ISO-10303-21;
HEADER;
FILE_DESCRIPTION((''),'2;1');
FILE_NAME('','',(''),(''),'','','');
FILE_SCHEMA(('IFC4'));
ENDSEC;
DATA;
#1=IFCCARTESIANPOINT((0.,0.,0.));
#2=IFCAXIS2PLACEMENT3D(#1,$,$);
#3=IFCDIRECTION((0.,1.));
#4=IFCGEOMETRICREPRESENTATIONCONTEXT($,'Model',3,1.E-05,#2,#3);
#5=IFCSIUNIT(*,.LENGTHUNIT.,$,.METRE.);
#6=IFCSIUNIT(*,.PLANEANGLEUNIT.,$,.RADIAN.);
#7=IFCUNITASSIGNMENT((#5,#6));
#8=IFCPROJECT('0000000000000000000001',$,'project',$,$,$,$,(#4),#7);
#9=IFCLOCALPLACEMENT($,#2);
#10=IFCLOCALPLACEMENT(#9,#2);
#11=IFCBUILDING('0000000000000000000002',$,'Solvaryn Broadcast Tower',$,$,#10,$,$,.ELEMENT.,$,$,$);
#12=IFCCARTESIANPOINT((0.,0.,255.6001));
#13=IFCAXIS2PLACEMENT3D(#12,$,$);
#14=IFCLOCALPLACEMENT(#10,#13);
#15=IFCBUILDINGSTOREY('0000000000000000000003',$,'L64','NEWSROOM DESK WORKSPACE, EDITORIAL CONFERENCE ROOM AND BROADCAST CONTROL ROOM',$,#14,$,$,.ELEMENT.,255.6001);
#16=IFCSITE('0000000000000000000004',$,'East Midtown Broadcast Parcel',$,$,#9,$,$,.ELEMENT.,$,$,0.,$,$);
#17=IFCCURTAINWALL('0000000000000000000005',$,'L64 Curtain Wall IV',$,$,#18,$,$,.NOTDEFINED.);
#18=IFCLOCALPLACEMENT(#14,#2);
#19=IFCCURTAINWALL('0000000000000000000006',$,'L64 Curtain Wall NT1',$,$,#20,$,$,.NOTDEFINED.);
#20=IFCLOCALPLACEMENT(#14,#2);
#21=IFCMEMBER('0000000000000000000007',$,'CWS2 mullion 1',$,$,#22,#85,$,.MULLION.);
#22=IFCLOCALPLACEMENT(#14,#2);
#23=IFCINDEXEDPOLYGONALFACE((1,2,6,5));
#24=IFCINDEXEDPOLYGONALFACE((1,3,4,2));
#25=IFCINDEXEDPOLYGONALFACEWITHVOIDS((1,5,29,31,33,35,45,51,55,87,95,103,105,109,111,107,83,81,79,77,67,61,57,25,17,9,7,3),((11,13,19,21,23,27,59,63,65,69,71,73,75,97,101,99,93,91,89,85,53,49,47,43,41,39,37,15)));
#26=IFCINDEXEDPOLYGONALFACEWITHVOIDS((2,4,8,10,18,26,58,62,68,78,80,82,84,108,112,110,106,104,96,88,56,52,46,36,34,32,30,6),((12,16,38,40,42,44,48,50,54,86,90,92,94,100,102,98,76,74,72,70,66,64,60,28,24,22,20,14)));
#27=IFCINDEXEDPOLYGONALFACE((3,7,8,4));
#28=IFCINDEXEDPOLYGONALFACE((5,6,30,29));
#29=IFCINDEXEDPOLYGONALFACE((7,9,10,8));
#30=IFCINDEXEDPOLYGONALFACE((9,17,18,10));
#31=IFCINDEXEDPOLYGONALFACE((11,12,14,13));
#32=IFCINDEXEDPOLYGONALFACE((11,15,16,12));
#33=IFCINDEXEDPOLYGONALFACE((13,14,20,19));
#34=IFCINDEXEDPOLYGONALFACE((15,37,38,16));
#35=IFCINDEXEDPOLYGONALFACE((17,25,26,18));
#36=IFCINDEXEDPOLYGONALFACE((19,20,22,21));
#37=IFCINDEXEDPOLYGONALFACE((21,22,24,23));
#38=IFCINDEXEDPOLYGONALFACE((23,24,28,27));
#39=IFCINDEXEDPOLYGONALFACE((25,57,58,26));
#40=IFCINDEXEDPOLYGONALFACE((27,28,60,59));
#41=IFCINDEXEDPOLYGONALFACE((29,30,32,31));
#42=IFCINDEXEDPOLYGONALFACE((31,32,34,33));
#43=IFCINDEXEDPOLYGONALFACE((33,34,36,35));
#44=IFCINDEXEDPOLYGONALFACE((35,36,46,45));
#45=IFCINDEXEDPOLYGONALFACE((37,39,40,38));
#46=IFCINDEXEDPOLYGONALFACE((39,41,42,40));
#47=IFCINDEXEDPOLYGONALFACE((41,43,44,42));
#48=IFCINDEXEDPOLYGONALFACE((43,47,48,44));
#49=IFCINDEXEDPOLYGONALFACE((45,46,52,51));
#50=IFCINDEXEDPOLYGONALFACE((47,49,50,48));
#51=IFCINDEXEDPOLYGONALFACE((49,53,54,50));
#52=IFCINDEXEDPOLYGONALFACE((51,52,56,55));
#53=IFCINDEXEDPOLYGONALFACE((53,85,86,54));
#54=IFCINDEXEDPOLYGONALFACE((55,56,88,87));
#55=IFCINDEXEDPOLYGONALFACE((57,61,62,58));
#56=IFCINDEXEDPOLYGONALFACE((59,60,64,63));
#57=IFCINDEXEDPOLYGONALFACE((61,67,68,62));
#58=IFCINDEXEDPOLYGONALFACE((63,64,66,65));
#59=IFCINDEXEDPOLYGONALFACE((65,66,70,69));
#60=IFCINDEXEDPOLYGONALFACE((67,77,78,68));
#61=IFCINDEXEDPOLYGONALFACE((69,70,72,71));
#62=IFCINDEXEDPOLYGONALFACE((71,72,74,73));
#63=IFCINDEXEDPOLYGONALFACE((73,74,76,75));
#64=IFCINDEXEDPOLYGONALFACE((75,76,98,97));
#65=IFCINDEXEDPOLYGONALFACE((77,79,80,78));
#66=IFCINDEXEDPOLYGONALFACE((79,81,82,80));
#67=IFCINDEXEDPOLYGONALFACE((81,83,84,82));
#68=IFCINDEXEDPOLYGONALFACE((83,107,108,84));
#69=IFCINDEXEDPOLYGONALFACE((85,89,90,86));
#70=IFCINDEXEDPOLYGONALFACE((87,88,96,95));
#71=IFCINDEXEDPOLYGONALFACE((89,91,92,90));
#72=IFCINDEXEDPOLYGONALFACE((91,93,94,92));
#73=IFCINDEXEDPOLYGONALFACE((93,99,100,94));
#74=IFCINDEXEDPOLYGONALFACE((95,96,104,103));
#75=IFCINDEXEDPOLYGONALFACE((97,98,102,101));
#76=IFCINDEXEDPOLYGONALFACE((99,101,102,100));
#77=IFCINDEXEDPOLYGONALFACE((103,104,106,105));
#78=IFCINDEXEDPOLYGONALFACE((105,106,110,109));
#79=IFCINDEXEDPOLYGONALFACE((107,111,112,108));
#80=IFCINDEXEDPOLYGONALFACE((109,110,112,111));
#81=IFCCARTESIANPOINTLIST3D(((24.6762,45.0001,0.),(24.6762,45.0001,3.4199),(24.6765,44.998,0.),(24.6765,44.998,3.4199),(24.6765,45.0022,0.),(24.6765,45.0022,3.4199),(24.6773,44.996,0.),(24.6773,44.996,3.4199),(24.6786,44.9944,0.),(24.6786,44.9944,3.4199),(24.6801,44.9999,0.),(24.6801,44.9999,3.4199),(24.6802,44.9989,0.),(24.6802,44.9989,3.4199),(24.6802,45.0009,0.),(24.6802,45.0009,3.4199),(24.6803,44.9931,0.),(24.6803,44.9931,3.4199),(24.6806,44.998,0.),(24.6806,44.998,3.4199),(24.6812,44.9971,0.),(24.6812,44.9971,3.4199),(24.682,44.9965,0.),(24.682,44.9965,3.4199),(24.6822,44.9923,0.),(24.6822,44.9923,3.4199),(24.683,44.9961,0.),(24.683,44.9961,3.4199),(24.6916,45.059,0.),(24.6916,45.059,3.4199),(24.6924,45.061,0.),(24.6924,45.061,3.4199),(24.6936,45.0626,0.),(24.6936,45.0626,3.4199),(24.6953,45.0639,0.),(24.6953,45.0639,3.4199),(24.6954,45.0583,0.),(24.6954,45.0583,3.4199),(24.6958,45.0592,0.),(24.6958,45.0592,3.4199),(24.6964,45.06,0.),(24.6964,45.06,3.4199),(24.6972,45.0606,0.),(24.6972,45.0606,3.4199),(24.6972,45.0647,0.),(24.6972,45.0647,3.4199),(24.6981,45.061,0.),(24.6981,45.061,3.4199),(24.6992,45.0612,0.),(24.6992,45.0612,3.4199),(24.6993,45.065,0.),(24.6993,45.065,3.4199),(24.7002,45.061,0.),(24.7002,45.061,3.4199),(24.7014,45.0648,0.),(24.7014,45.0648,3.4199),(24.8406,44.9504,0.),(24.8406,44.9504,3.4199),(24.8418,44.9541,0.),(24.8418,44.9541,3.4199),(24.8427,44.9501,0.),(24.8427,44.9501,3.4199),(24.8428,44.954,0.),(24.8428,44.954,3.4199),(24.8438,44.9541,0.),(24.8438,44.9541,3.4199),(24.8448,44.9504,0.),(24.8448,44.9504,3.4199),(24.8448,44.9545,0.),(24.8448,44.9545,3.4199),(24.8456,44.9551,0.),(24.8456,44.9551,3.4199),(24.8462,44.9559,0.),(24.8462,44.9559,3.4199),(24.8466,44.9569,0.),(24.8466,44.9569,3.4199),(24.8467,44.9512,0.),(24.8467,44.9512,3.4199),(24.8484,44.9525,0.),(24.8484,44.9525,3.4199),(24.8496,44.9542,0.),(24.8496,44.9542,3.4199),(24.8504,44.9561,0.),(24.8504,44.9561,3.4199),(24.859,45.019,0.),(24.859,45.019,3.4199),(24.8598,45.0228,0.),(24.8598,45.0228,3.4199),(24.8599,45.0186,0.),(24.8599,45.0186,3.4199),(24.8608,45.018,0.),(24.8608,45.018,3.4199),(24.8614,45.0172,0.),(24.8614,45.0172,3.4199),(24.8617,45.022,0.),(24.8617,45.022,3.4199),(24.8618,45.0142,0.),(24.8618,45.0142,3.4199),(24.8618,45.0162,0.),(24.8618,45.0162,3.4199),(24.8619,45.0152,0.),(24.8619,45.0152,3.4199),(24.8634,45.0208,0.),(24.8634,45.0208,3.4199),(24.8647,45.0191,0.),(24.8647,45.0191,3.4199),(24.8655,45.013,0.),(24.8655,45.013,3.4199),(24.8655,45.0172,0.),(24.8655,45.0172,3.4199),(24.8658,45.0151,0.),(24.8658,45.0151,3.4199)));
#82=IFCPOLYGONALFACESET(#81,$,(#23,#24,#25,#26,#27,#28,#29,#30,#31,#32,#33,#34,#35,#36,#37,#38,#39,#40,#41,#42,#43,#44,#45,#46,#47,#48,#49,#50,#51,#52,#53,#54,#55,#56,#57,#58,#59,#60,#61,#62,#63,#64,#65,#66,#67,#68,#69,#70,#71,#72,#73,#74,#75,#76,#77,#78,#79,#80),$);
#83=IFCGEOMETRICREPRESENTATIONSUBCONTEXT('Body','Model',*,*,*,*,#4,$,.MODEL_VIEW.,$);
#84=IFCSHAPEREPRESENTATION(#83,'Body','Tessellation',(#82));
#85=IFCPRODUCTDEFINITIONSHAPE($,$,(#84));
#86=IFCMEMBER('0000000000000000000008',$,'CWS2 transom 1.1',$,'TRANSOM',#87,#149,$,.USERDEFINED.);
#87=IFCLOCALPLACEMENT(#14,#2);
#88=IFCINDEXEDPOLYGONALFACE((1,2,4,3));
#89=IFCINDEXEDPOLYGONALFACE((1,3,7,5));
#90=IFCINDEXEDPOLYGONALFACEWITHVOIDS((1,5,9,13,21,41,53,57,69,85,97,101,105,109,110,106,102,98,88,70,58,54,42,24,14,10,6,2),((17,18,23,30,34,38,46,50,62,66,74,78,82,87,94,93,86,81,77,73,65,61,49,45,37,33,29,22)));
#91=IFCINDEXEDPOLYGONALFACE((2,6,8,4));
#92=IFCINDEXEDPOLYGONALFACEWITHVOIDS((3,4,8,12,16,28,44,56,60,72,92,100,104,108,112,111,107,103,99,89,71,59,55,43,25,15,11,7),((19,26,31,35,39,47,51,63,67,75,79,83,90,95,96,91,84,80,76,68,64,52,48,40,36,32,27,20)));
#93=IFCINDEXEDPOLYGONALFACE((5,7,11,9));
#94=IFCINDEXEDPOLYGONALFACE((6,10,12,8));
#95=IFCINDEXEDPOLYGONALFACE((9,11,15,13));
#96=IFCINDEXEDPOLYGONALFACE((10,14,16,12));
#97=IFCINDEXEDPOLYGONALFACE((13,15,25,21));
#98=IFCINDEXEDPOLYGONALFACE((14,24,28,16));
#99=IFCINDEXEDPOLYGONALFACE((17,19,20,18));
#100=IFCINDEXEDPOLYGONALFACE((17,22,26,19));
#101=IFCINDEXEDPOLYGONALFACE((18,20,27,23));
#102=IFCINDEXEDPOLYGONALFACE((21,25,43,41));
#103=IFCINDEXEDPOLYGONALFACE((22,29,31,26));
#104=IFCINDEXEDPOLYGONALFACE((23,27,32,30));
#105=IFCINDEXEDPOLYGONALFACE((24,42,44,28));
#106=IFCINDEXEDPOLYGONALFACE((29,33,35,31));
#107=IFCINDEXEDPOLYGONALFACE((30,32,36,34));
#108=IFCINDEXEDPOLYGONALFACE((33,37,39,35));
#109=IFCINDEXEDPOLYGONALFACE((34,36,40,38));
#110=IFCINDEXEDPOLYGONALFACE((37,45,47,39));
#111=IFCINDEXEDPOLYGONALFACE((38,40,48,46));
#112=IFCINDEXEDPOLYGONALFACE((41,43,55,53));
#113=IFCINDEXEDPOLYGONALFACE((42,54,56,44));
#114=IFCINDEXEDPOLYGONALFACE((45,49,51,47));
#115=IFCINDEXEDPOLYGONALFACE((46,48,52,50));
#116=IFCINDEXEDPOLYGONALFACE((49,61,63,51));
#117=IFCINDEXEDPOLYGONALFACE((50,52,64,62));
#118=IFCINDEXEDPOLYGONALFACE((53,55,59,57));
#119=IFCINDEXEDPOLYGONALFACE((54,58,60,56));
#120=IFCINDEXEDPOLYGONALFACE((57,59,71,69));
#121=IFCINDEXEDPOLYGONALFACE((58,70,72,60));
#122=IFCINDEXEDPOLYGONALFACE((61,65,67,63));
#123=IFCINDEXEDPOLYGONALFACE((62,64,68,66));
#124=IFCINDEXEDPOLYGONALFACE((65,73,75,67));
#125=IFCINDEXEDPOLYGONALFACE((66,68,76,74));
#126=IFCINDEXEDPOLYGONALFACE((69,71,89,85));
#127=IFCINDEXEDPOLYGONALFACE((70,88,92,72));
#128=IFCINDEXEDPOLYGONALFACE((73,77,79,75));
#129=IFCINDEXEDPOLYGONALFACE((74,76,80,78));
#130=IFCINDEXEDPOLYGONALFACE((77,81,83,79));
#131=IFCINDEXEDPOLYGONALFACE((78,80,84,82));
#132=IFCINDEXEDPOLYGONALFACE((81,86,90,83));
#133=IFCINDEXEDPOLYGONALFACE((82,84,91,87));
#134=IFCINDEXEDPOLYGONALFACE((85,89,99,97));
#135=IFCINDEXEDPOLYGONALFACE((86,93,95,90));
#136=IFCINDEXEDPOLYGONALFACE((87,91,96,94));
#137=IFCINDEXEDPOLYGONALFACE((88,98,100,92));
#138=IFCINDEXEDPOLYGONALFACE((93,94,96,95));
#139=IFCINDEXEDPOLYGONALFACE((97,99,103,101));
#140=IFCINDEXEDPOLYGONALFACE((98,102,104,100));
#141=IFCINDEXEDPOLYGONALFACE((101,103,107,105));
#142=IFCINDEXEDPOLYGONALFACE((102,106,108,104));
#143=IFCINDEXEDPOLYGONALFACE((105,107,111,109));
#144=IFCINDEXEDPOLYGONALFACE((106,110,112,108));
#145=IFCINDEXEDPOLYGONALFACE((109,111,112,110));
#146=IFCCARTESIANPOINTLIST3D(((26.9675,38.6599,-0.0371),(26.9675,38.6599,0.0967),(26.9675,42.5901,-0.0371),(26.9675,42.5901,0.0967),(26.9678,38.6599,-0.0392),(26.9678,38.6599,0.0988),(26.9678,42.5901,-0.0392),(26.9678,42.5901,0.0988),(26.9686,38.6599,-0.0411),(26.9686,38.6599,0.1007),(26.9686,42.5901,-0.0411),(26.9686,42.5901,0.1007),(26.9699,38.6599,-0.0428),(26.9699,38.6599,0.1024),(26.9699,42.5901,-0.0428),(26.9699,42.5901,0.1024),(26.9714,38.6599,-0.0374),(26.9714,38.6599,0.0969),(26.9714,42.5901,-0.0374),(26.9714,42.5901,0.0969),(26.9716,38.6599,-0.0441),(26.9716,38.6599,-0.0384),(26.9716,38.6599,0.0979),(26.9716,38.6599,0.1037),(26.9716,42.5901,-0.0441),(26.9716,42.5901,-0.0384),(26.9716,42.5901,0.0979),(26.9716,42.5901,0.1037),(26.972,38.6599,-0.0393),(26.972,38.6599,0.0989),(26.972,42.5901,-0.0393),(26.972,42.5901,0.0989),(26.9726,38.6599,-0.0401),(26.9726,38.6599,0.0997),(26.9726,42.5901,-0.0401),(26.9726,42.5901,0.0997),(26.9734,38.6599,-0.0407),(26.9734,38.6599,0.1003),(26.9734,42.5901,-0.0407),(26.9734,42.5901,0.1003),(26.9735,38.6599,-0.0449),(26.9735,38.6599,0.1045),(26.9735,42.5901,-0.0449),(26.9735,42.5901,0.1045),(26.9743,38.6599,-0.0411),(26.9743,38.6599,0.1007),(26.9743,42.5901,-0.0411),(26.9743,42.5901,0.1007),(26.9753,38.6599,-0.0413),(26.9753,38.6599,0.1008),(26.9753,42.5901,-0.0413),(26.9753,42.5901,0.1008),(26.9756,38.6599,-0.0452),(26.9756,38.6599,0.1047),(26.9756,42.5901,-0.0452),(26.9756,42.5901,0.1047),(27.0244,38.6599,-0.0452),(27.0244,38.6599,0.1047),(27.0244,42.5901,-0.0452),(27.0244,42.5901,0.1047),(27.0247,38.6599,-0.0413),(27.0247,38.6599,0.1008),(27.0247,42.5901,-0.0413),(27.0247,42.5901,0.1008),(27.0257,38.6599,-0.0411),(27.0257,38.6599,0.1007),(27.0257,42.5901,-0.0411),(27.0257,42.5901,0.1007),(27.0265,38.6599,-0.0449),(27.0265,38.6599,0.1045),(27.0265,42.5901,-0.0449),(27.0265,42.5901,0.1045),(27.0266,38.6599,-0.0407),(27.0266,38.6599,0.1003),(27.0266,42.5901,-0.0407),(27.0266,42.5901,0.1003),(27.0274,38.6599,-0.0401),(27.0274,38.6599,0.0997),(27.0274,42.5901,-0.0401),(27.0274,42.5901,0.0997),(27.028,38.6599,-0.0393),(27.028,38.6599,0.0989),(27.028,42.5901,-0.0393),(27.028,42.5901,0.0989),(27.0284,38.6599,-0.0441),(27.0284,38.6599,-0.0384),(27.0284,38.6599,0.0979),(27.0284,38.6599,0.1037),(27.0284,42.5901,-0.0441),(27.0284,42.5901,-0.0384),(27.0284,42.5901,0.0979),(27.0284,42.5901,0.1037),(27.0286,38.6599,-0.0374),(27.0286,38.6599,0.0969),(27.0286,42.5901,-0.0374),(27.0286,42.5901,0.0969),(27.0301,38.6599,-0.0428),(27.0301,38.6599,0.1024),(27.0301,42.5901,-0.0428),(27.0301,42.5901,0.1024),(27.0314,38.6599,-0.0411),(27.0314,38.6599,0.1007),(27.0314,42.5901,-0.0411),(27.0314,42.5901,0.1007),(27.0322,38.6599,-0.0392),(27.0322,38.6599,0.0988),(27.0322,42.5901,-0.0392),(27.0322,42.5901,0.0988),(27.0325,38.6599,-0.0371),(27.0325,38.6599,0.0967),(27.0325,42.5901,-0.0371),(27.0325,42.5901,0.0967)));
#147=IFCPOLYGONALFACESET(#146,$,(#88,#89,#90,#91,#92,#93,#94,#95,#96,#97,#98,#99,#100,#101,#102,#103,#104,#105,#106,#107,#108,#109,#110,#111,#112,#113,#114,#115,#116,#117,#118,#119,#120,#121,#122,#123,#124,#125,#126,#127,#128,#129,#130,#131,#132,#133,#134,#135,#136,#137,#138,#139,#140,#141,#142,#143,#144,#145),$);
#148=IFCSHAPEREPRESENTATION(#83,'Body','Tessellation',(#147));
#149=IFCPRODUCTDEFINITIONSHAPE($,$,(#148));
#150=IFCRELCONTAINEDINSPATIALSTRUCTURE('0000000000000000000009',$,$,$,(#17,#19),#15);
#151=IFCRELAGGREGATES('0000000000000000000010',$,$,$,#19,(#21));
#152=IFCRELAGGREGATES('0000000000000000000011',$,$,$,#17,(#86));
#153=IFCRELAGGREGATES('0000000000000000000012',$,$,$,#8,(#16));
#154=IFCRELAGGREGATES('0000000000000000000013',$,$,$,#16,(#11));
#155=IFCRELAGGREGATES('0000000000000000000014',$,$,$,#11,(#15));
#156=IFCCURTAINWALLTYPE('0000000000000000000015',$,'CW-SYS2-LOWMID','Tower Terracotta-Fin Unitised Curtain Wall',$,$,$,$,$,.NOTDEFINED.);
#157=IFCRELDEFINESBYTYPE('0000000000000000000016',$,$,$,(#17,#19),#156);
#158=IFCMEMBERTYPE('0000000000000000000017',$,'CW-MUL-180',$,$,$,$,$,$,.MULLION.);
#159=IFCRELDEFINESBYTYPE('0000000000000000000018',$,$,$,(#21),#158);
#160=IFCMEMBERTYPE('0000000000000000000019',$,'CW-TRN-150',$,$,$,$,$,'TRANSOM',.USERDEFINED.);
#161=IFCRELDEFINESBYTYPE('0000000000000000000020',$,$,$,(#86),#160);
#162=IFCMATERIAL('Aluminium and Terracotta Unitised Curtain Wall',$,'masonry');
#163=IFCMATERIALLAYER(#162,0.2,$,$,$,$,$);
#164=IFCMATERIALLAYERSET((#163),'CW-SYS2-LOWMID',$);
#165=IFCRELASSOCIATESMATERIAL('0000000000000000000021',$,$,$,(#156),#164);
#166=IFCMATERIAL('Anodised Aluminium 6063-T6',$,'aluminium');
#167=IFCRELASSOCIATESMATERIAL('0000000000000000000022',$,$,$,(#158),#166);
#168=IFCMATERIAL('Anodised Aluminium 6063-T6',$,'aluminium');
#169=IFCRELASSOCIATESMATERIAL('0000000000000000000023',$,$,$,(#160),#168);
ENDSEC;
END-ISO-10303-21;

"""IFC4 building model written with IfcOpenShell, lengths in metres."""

from ifc_helpers import new_model, si_unit, direction, frame, origin, origin_2d, place, context, subcontext, project, spatial, hollow_rectangle, extrude, material, layer, layer_set, material_profile, profile_set, type_object, element, aggregate, save


model = new_model("IFC4")

# Units and contexts
model_context = context("Model", 3, precision=1e-05, world=origin(), true_north=direction((0.0, 1.0)))
body_context = subcontext(model_context, "Body", "Model", "MODEL_VIEW")
ifc_project = project(units=[si_unit("LENGTHUNIT", "METRE"), si_unit("PLANEANGLEUNIT", "RADIAN")], contexts=[model_context])

# Site, building, storey
site_placement = place(None, origin())
site = spatial("IfcSite", under=ifc_project, at=site_placement, Name="East Midtown Broadcast Parcel", CompositionType="ELEMENT", RefElevation=0.0)
building_placement = place(site_placement, origin())
building = spatial("IfcBuilding", under=site, at=building_placement, Name="Solvaryn Broadcast Tower", CompositionType="ELEMENT")
storey_placement = place(building_placement, frame((0.0, 0.0, 255.6001)))
storey = spatial("IfcBuildingStorey", under=building, at=storey_placement, Name="L64", Description="NEWSROOM DESK WORKSPACE, EDITORIAL CONFERENCE ROOM AND BROADCAST CONTROL ROOM", CompositionType="ELEMENT", Elevation=255.6001)

# Curtain wall
ifc_material_1 = material(Name="Aluminium and Terracotta Unitised Curtain Wall", Category="masonry")
ifc_layer_1 = layer(ifc_material_1, 0.2)
ifc_layer_set_1 = layer_set([ifc_layer_1], Name="CW-SYS2-LOWMID")
curtain_wall_type = type_object("IfcCurtainWallType", Name="CW-SYS2-LOWMID", Description="Tower Terracotta-Fin Unitised Curtain Wall", PredefinedType="NOTDEFINED", material=ifc_layer_set_1)
curtain_wall_1_placement = place(storey_placement, origin())
curtain_wall_1 = element("IfcCurtainWall", 1, at=curtain_wall_1_placement, inside=storey, type_object=curtain_wall_type, Name="L64 Curtain Wall IV", PredefinedType="NOTDEFINED")
ifc_material_2 = material(Name="Anodised Aluminium 6063-T6", Category="aluminium")
ifc_material_profile_1 = material_profile(ifc_material_2, hollow_rectangle(XDim=0.075, YDim=0.1799, WallThickness=0.0039, InnerFilletRadius=0.0039, OuterFilletRadius=0.0081, at=origin_2d()))
ifc_profile_set_1 = profile_set([ifc_material_profile_1], Name="Anodised Aluminium 6063-T6")
member_type_1 = type_object("IfcMemberType", Name="CW-MUL-180", PredefinedType="MULLION", material=ifc_profile_set_1)

# Curtain wall, member
curtain_wall_2_placement = place(storey_placement, origin())
curtain_wall_2 = element("IfcCurtainWall", 2, at=curtain_wall_2_placement, inside=storey, type_object=curtain_wall_type, Name="L64 Curtain Wall NT1", PredefinedType="NOTDEFINED")
member_1_placement = place(storey_placement, frame((24.771, 45.0076, 0.0), z_axis=(0.0, 0.0, 1.0), x_axis=(-0.255893, -0.966705, 0.0)))
member_1 = element("IfcMember", 3, at=member_1_placement, type_object=member_type_1, Name="CWS2 mullion 1", PredefinedType="MULLION", context=body_context, shape_type="SweptSolid", body=[
    extrude(hollow_rectangle(XDim=0.075, YDim=0.1799, WallThickness=0.0039, InnerFilletRadius=0.0039, OuterFilletRadius=0.0081, at=origin_2d()), origin(), (0.0, 0.0, 1.0), 3.4199),
])

# Member
ifc_material_3 = material(Name="Anodised Aluminium 6063-T6", Category="aluminium")
ifc_material_profile_2 = material_profile(ifc_material_3, hollow_rectangle(XDim=0.0649, YDim=0.1499, WallThickness=0.0039, InnerFilletRadius=0.0039, OuterFilletRadius=0.0081, at=origin_2d()))
ifc_profile_set_2 = profile_set([ifc_material_profile_2], Name="Anodised Aluminium 6063-T6")
member_type_2 = type_object("IfcMemberType", Name="CW-TRN-150", ElementType="TRANSOM", PredefinedType="USERDEFINED", material=ifc_profile_set_2)
member_2_placement = place(storey_placement, frame((27.0, 42.5901, 0.0298), z_axis=(0.0, -1.0, 0.0), x_axis=(1.0, 0.0, 0.0)))
member_2 = element("IfcMember", 4, at=member_2_placement, type_object=member_type_2, Name="CWS2 transom 1.1", ObjectType="TRANSOM", PredefinedType="USERDEFINED", context=body_context, shape_type="SweptSolid", body=[
    extrude(hollow_rectangle(XDim=0.0649, YDim=0.1499, WallThickness=0.0039, InnerFilletRadius=0.0039, OuterFilletRadius=0.0081, at=origin_2d()), origin(), (0.0, 0.0, 1.0), 3.9302),
])
aggregate(curtain_wall_2, [member_1])

aggregate(curtain_wall_1, [member_2])

save(model, "model.ifc")
